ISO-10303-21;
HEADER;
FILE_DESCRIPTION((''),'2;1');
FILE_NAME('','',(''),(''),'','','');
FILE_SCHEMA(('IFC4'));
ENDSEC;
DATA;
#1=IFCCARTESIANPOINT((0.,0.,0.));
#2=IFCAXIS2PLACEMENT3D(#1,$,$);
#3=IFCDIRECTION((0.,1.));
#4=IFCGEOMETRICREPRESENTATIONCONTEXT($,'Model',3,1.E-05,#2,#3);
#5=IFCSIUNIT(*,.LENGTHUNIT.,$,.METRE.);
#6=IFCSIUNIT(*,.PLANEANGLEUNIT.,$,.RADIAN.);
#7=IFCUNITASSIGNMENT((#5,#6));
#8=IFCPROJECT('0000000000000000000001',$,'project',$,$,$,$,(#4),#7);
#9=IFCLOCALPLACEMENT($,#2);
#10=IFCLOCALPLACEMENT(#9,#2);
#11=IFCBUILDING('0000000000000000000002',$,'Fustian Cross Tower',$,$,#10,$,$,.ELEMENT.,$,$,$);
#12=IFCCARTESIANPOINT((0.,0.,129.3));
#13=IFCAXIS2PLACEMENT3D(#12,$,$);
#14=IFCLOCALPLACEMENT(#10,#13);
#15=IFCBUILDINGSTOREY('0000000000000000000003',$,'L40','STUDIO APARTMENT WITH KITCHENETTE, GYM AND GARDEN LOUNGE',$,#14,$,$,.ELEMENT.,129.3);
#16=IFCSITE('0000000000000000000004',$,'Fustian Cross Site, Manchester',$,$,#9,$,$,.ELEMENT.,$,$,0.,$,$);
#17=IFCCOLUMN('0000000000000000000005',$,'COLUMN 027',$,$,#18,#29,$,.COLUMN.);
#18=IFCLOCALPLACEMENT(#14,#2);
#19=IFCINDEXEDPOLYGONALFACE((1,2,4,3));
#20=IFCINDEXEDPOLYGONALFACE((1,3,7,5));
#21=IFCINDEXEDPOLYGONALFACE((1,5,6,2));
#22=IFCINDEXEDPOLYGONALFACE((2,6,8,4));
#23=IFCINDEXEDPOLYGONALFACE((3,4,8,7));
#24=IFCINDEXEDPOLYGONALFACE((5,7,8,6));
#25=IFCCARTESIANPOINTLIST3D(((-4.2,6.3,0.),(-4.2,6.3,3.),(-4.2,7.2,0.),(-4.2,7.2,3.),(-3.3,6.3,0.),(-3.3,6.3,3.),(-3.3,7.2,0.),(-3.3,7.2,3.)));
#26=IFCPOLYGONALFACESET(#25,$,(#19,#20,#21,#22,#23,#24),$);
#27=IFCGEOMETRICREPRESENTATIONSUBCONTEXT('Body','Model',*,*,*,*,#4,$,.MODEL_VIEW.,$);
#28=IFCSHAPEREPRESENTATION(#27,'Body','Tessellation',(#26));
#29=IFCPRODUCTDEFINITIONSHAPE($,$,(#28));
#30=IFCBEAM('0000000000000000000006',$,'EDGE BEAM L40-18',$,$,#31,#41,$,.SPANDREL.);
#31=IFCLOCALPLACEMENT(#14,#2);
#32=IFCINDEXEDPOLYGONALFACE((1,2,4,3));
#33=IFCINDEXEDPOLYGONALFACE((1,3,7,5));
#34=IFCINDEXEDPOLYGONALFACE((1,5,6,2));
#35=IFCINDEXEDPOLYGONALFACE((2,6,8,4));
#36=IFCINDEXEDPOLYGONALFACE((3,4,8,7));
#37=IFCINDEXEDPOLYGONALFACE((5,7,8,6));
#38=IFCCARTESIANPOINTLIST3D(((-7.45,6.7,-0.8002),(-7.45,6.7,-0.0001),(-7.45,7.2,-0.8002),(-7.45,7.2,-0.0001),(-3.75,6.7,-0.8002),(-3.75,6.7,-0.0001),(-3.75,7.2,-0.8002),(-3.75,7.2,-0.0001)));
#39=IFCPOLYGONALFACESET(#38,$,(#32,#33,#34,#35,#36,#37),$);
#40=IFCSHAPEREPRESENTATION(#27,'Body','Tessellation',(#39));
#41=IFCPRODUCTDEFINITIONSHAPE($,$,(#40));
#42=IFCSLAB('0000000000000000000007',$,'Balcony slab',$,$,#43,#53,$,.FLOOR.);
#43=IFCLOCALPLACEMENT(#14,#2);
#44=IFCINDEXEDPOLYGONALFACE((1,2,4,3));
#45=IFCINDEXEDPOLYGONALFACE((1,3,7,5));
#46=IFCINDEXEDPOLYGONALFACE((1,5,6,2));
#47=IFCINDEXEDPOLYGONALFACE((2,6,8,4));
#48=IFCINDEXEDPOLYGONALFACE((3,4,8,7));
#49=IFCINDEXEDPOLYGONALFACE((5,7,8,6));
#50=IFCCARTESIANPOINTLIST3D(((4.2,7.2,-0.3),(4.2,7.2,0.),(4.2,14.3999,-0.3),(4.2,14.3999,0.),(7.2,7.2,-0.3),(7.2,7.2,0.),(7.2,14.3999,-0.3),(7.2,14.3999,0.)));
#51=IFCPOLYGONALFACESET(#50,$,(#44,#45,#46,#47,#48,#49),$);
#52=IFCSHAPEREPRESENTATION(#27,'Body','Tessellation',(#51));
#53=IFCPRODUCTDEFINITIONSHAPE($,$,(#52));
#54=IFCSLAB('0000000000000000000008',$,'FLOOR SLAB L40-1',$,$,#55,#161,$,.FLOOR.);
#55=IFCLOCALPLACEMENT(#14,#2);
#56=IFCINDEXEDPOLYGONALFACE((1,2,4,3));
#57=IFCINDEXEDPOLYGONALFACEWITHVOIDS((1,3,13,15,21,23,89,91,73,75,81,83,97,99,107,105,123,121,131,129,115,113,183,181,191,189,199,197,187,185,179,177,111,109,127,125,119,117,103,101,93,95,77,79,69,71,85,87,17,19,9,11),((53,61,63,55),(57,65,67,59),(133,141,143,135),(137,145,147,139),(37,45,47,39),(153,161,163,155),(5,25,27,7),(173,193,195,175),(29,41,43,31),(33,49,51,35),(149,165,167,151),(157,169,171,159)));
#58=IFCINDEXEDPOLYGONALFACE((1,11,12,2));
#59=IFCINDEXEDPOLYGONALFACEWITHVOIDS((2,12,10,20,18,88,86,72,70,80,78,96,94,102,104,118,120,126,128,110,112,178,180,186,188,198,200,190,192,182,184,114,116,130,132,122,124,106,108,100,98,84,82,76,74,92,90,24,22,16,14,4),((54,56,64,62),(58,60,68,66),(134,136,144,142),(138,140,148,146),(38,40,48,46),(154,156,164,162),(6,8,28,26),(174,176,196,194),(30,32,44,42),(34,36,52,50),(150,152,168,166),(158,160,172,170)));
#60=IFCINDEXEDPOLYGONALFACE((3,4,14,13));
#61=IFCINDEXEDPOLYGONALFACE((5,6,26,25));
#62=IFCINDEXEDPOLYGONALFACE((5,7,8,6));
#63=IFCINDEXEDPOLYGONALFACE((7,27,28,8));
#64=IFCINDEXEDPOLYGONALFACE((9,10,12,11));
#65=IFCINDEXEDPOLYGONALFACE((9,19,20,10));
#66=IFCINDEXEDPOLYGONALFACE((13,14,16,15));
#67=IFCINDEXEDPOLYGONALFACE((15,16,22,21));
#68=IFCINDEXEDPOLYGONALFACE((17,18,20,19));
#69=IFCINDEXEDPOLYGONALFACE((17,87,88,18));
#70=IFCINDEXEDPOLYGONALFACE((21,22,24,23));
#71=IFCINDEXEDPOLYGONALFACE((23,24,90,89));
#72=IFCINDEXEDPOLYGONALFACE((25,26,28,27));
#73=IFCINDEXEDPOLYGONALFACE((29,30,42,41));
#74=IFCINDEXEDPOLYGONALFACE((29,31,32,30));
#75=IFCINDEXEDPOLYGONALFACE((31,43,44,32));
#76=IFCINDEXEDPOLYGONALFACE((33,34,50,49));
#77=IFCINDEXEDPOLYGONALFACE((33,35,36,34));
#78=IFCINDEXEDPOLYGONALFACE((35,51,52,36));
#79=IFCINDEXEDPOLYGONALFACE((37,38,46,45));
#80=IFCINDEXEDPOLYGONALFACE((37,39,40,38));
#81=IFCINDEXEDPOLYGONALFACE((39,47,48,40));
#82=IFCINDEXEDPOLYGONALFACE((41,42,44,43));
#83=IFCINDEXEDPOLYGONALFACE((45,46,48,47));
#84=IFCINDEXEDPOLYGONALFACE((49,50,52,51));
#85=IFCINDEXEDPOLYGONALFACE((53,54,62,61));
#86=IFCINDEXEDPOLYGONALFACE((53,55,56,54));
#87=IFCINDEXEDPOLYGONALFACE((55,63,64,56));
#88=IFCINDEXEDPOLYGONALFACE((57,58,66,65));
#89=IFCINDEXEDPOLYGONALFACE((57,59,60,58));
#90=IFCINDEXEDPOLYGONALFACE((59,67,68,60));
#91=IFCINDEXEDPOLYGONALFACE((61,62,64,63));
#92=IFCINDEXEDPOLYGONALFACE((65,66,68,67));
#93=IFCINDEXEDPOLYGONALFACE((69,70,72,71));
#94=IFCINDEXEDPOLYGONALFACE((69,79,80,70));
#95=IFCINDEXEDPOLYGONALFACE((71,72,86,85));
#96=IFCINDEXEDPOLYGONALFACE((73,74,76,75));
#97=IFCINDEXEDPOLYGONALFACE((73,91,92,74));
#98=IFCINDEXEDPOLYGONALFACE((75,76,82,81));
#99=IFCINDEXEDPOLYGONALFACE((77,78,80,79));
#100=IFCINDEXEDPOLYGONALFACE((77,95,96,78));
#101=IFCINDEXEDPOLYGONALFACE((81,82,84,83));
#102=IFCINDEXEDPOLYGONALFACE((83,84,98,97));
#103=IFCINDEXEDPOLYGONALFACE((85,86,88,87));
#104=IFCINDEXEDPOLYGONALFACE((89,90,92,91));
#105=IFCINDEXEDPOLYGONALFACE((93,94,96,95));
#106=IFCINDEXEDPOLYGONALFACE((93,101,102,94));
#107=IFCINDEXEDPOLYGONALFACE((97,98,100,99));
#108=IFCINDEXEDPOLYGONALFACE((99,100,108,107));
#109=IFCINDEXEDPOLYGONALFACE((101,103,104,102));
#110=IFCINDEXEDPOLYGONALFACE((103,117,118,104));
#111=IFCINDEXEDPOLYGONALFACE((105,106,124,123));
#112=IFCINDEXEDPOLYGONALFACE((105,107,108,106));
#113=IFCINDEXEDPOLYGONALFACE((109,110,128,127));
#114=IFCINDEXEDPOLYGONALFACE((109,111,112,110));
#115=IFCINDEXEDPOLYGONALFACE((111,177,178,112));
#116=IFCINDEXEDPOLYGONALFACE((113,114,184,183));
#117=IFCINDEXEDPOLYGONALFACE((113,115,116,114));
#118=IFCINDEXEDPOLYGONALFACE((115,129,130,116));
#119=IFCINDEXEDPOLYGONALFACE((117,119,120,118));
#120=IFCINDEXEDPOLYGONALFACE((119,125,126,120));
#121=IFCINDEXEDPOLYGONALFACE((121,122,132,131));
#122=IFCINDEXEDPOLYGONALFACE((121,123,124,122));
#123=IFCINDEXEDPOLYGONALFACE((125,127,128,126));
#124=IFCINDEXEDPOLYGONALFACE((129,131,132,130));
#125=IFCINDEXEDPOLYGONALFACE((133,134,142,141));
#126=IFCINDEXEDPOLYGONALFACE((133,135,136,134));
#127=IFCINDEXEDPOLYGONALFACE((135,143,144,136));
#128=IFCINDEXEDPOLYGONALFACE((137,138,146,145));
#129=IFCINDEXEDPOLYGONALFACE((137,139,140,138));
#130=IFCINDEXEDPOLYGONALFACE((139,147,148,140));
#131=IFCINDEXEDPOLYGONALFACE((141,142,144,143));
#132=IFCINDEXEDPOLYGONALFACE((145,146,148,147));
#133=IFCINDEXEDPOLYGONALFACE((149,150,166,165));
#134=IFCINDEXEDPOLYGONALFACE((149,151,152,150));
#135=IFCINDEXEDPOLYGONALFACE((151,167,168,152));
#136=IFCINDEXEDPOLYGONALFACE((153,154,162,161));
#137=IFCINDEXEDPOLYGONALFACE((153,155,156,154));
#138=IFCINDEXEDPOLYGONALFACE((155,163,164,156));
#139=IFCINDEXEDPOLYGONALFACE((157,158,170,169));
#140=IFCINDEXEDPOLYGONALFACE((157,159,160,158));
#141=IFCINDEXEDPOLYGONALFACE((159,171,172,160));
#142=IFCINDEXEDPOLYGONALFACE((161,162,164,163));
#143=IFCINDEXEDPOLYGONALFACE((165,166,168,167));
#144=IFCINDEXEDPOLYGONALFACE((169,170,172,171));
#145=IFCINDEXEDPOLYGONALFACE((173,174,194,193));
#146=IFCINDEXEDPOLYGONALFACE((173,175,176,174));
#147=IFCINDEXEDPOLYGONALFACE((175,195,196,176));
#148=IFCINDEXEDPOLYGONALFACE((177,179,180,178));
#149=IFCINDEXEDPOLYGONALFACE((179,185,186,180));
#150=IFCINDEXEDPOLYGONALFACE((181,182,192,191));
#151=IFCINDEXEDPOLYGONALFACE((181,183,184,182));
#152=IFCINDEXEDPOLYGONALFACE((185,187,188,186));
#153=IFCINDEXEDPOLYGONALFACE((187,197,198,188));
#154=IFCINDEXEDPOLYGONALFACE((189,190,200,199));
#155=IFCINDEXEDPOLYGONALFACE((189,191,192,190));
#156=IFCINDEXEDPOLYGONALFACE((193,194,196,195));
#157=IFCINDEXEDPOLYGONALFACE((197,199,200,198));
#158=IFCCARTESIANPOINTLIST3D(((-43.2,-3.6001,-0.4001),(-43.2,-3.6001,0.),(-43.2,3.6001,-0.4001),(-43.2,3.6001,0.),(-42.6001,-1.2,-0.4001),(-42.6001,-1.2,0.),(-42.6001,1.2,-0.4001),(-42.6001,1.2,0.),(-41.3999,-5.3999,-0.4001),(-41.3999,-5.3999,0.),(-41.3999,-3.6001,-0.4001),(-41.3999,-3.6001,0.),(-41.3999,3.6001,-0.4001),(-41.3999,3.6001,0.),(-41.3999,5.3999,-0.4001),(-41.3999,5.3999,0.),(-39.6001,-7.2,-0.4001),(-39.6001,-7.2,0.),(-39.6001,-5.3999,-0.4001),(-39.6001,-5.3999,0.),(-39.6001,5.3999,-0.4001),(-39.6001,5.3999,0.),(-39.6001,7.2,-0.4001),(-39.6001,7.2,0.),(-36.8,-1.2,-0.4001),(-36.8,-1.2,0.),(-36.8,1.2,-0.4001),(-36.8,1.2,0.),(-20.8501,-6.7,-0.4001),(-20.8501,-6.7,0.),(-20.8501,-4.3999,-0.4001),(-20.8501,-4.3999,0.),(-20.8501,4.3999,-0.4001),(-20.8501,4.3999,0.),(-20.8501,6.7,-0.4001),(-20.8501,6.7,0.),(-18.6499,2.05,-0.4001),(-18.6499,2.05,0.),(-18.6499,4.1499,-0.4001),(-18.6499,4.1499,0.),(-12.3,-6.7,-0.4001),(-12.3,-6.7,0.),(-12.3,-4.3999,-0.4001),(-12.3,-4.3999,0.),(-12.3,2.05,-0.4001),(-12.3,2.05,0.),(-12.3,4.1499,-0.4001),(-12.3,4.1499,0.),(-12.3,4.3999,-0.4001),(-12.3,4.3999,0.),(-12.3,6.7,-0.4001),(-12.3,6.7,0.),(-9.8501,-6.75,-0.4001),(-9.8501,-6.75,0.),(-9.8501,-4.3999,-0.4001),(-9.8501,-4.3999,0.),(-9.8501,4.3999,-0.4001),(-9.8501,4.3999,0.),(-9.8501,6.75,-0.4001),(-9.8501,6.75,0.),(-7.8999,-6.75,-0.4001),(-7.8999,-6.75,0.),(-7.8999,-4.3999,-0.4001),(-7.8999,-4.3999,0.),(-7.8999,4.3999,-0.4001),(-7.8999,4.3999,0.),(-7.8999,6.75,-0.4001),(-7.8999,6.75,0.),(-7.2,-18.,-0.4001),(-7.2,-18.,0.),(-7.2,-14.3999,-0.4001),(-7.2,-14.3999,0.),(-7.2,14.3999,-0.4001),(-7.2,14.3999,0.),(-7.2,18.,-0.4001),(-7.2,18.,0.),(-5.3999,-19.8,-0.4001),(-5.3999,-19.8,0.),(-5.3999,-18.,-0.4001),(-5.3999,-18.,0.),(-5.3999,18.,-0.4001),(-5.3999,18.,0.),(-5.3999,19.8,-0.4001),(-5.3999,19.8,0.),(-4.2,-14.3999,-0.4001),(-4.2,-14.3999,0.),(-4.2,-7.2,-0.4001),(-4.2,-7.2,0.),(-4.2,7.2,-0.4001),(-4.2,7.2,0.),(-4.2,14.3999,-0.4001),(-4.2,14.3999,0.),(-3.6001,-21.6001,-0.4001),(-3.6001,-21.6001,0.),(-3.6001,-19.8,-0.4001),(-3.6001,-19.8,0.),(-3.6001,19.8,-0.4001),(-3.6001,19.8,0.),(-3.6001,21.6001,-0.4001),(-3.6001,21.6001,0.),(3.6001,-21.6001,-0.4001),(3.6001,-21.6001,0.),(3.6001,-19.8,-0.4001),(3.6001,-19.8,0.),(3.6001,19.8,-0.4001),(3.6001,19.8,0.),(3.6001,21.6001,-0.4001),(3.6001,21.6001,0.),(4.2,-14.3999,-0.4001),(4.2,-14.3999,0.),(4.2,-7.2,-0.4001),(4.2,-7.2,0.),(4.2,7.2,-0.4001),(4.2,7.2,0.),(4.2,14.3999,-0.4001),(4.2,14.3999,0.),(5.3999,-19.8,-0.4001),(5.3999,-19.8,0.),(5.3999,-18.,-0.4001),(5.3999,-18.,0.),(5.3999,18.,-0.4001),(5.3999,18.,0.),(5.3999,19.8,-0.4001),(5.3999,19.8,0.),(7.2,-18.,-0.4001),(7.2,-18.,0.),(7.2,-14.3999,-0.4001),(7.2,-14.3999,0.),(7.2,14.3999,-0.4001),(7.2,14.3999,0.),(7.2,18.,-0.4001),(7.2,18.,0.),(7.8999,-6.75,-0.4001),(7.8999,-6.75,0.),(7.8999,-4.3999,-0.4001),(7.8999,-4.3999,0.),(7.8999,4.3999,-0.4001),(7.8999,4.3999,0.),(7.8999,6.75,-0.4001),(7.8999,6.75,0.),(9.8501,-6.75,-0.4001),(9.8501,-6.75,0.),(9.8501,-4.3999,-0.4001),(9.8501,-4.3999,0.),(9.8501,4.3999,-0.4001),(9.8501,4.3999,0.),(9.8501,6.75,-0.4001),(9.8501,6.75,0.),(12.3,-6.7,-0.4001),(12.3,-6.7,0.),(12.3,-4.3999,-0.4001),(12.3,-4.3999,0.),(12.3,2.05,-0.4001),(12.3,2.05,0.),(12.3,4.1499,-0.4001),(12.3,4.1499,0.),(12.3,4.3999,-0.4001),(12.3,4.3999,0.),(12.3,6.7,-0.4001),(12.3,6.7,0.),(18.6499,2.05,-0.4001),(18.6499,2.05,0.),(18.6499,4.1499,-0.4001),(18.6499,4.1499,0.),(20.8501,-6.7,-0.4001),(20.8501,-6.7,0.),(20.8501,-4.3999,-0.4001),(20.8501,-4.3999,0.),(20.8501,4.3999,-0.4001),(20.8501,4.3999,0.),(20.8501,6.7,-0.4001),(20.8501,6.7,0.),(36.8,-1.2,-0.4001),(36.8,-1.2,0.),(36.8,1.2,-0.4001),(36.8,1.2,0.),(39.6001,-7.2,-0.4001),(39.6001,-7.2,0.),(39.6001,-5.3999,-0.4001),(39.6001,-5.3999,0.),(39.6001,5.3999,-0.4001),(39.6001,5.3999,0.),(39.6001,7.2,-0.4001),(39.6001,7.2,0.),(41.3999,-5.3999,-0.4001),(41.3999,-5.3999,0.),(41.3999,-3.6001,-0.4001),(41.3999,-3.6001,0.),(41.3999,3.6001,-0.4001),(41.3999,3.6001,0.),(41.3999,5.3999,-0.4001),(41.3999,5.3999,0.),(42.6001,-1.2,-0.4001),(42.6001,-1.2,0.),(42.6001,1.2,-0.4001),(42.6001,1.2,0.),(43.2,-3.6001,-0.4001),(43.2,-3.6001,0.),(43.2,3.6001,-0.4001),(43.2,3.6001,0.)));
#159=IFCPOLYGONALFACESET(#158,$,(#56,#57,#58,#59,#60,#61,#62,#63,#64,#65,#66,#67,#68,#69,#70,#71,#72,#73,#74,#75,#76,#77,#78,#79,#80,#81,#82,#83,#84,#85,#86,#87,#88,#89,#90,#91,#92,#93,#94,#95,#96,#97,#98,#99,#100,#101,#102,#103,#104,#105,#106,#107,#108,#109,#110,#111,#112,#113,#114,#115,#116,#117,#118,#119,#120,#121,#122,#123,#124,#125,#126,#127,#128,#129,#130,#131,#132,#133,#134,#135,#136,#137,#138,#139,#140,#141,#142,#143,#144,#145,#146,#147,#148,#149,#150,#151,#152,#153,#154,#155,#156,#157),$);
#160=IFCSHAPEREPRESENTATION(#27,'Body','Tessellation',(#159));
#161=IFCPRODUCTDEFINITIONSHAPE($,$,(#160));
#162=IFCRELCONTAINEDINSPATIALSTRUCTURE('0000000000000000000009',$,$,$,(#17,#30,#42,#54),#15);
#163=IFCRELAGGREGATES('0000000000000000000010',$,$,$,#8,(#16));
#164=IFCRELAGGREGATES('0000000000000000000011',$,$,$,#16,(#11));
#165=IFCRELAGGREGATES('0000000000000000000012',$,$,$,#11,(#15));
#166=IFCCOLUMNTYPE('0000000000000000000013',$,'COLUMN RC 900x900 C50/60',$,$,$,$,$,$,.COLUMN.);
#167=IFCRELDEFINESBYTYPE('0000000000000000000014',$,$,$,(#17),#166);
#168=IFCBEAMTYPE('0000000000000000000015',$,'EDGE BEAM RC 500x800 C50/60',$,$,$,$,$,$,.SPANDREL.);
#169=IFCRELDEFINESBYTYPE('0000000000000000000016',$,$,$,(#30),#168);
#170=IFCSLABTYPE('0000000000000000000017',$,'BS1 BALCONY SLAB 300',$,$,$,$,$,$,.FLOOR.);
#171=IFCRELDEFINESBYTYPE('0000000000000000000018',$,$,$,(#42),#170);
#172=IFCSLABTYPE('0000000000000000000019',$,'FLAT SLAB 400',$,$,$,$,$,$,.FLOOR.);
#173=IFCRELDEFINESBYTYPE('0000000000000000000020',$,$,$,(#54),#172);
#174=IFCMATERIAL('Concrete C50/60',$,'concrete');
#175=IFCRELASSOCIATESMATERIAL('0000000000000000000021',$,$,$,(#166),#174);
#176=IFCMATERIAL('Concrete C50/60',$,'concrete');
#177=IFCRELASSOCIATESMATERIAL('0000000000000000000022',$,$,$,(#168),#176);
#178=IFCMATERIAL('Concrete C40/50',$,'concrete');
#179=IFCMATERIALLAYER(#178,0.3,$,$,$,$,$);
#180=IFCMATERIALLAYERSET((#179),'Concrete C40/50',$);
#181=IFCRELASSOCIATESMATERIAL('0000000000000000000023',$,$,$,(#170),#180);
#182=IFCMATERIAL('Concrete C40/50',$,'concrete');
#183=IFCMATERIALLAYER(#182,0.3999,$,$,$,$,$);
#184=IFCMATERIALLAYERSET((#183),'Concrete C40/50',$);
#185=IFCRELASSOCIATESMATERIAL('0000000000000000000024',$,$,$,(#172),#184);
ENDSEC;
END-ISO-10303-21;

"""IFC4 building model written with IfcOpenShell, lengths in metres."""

from ifc_helpers import new_model, si_unit, direction, frame, origin, origin_2d, place, context, subcontext, project, spatial, polyline, rectangle, outline, extrude, material, layer, layer_set, material_profile, profile_set, type_object, element, save


model = new_model("IFC4")

# Units and contexts
model_context = context("Model", 3, precision=1e-05, world=origin(), true_north=direction((0.0, 1.0)))
body_context = subcontext(model_context, "Body", "Model", "MODEL_VIEW")
ifc_project = project(units=[si_unit("LENGTHUNIT", "METRE"), si_unit("PLANEANGLEUNIT", "RADIAN")], contexts=[model_context])

# Site, building, storey
site_placement = place(None, origin())
site = spatial("IfcSite", under=ifc_project, at=site_placement, Name="Fustian Cross Site, Manchester", CompositionType="ELEMENT", RefElevation=0.0)
building_placement = place(site_placement, origin())
building = spatial("IfcBuilding", under=site, at=building_placement, Name="Fustian Cross Tower", CompositionType="ELEMENT")
storey_placement = place(building_placement, frame((0.0, 0.0, 129.3)))
storey = spatial("IfcBuildingStorey", under=building, at=storey_placement, Name="L40", Description="STUDIO APARTMENT WITH KITCHENETTE, GYM AND GARDEN LOUNGE", CompositionType="ELEMENT", Elevation=129.3)

# Column
ifc_material_1 = material(Name="Concrete C50/60", Category="concrete")
ifc_material_profile_1 = material_profile(ifc_material_1, rectangle(XDim=0.8999, YDim=0.8999, at=origin_2d()), Name="RC 900x900")
ifc_profile_set_1 = profile_set([ifc_material_profile_1], Name="Concrete C50/60")
column_type = type_object("IfcColumnType", Name="COLUMN RC 900x900 C50/60", PredefinedType="COLUMN", material=ifc_profile_set_1)
column_placement = place(storey_placement, frame((-3.75, 6.75, 0.0), z_axis=(0.0, 0.0, 1.0), x_axis=(1.0, 0.0, 0.0)))
element("IfcColumn", 1, at=column_placement, inside=storey, type_object=column_type, Name="COLUMN 027", PredefinedType="COLUMN", context=body_context, shape_type="SweptSolid", body=[
    extrude(rectangle(XDim=0.8999, YDim=0.8999, at=origin_2d()), origin(), (0.0, 0.0, 1.0), 3.0),
])

# Beam
ifc_material_2 = material(Name="Concrete C50/60", Category="concrete")
ifc_material_profile_2 = material_profile(ifc_material_2, rectangle(XDim=0.5, YDim=0.8, at=origin_2d()), Name="RC 500x800")
ifc_profile_set_2 = profile_set([ifc_material_profile_2], Name="Concrete C50/60")
beam_type = type_object("IfcBeamType", Name="EDGE BEAM RC 500x800 C50/60", PredefinedType="SPANDREL", material=ifc_profile_set_2)
beam_placement = place(storey_placement, frame((-3.75, 6.95, -0.4001), z_axis=(-1.0, 0.0, 0.0), x_axis=(0.0, -1.0, 0.0)))
element("IfcBeam", 2, at=beam_placement, inside=storey, type_object=beam_type, Name="EDGE BEAM L40-18", PredefinedType="SPANDREL", context=body_context, shape_type="SweptSolid", body=[
    extrude(rectangle(XDim=0.5, YDim=0.8, at=origin_2d()), origin(), (0.0, 0.0, 1.0), 3.7),
])

# Slabs
ifc_material_3 = material(Name="Concrete C40/50", Category="concrete")
ifc_layer_1 = layer(ifc_material_3, 0.3)
ifc_layer_set_1 = layer_set([ifc_layer_1], Name="Concrete C40/50")
slab_type_1 = type_object("IfcSlabType", Name="BS1 BALCONY SLAB 300", PredefinedType="FLOOR", material=ifc_layer_set_1)
slab_1_placement = place(storey_placement, frame((0.0, 0.0, -0.3)))
element("IfcSlab", 3, at=slab_1_placement, inside=storey, type_object=slab_type_1, Name="Balcony slab", PredefinedType="FLOOR", context=body_context, shape_type="SweptSolid", body=[
    extrude(outline(polyline([(4.2, 7.2), (7.2, 7.2), (7.2, 14.3999), (4.2, 14.3999), (4.2, 7.2)])), origin(), (0.0, 0.0, 1.0), 0.3),
])
ifc_material_4 = material(Name="Concrete C40/50", Category="concrete")
ifc_layer_2 = layer(ifc_material_4, 0.3999)
ifc_layer_set_2 = layer_set([ifc_layer_2], Name="Concrete C40/50")
slab_type_2 = type_object("IfcSlabType", Name="FLAT SLAB 400", PredefinedType="FLOOR", material=ifc_layer_set_2)
slab_2_placement = place(storey_placement, frame((0.0, 0.0, -0.4001)))
element("IfcSlab", 4, at=slab_2_placement, inside=storey, type_object=slab_type_2, Name="FLOOR SLAB L40-1", PredefinedType="FLOOR", context=body_context, shape_type="SweptSolid", body=[
    extrude(outline(polyline([(-5.3999, -18.0), (-7.2, -18.0), (-7.2, -14.3999), (-4.2, -14.3999), (-4.2, -7.2), (-39.6001, -7.2), (-39.6001, -5.3999), (-41.3999, -5.3999), (-41.3999, -3.6001), (-43.2, -3.6001), (-43.2, 3.6001), (-41.3999, 3.6001), (-41.3999, 5.3999), (-39.6001, 5.3999), (-39.6001, 7.2), (-4.2, 7.2), (-4.2, 14.3999), (-7.2, 14.3999), (-7.2, 18.0), (-5.3999, 18.0), (-5.3999, 19.8), (-3.6001, 19.8), (-3.6001, 21.6001), (3.6001, 21.6001), (3.6001, 19.8), (5.3999, 19.8), (5.3999, 18.0), (7.2, 18.0), (7.2, 14.3999), (4.2, 14.3999), (4.2, 7.2), (39.6001, 7.2), (39.6001, 5.3999), (41.3999, 5.3999), (41.3999, 3.6001), (43.2, 3.6001), (43.2, -3.6001), (41.3999, -3.6001), (41.3999, -5.3999), (39.6001, -5.3999), (39.6001, -7.2), (4.2, -7.2), (4.2, -14.3999), (7.2, -14.3999), (7.2, -18.0), (5.3999, -18.0), (5.3999, -19.8), (3.6001, -19.8), (3.6001, -21.6001), (-3.6001, -21.6001), (-3.6001, -19.8), (-5.3999, -19.8), (-5.3999, -18.0)]), holes=[polyline([(9.8501, 4.3999), (9.8501, 6.75), (7.8999, 6.75), (7.8999, 4.3999), (9.8501, 4.3999)]), polyline([(7.8999, -6.75), (9.8501, -6.75), (9.8501, -4.3999), (7.8999, -4.3999), (7.8999, -6.75)]), polyline([(-9.8501, 6.75), (-9.8501, 4.3999), (-7.8999, 4.3999), (-7.8999, 6.75), (-9.8501, 6.75)]), polyline([(-7.8999, -4.3999), (-9.8501, -4.3999), (-9.8501, -6.75), (-7.8999, -6.75), (-7.8999, -4.3999)]), polyline([(18.6499, 2.05), (18.6499, 4.1499), (12.3, 4.1499), (12.3, 2.05), (18.6499, 2.05)]), polyline([(-18.6499, 2.05), (-12.3, 2.05), (-12.3, 4.1499), (-18.6499, 4.1499), (-18.6499, 2.05)]), polyline([(12.3, 6.7), (12.3, 4.3999), (20.8501, 4.3999), (20.8501, 6.7), (12.3, 6.7)]), polyline([(20.8501, -4.3999), (12.3, -4.3999), (12.3, -6.7), (20.8501, -6.7), (20.8501, -4.3999)]), polyline([(-12.3, 4.3999), (-12.3, 6.7), (-20.8501, 6.7), (-20.8501, 4.3999), (-12.3, 4.3999)]), polyline([(-20.8501, -6.7), (-12.3, -6.7), (-12.3, -4.3999), (-20.8501, -4.3999), (-20.8501, -6.7)]), polyline([(36.8, 1.2), (36.8, -1.2), (42.6001, -1.2), (42.6001, 1.2), (36.8, 1.2)]), polyline([(-36.8, 1.2), (-42.6001, 1.2), (-42.6001, -1.2), (-36.8, -1.2), (-36.8, 1.2)])]), origin(), (0.0, 0.0, 1.0), 0.4001),
])

save(model, "model.ifc")
